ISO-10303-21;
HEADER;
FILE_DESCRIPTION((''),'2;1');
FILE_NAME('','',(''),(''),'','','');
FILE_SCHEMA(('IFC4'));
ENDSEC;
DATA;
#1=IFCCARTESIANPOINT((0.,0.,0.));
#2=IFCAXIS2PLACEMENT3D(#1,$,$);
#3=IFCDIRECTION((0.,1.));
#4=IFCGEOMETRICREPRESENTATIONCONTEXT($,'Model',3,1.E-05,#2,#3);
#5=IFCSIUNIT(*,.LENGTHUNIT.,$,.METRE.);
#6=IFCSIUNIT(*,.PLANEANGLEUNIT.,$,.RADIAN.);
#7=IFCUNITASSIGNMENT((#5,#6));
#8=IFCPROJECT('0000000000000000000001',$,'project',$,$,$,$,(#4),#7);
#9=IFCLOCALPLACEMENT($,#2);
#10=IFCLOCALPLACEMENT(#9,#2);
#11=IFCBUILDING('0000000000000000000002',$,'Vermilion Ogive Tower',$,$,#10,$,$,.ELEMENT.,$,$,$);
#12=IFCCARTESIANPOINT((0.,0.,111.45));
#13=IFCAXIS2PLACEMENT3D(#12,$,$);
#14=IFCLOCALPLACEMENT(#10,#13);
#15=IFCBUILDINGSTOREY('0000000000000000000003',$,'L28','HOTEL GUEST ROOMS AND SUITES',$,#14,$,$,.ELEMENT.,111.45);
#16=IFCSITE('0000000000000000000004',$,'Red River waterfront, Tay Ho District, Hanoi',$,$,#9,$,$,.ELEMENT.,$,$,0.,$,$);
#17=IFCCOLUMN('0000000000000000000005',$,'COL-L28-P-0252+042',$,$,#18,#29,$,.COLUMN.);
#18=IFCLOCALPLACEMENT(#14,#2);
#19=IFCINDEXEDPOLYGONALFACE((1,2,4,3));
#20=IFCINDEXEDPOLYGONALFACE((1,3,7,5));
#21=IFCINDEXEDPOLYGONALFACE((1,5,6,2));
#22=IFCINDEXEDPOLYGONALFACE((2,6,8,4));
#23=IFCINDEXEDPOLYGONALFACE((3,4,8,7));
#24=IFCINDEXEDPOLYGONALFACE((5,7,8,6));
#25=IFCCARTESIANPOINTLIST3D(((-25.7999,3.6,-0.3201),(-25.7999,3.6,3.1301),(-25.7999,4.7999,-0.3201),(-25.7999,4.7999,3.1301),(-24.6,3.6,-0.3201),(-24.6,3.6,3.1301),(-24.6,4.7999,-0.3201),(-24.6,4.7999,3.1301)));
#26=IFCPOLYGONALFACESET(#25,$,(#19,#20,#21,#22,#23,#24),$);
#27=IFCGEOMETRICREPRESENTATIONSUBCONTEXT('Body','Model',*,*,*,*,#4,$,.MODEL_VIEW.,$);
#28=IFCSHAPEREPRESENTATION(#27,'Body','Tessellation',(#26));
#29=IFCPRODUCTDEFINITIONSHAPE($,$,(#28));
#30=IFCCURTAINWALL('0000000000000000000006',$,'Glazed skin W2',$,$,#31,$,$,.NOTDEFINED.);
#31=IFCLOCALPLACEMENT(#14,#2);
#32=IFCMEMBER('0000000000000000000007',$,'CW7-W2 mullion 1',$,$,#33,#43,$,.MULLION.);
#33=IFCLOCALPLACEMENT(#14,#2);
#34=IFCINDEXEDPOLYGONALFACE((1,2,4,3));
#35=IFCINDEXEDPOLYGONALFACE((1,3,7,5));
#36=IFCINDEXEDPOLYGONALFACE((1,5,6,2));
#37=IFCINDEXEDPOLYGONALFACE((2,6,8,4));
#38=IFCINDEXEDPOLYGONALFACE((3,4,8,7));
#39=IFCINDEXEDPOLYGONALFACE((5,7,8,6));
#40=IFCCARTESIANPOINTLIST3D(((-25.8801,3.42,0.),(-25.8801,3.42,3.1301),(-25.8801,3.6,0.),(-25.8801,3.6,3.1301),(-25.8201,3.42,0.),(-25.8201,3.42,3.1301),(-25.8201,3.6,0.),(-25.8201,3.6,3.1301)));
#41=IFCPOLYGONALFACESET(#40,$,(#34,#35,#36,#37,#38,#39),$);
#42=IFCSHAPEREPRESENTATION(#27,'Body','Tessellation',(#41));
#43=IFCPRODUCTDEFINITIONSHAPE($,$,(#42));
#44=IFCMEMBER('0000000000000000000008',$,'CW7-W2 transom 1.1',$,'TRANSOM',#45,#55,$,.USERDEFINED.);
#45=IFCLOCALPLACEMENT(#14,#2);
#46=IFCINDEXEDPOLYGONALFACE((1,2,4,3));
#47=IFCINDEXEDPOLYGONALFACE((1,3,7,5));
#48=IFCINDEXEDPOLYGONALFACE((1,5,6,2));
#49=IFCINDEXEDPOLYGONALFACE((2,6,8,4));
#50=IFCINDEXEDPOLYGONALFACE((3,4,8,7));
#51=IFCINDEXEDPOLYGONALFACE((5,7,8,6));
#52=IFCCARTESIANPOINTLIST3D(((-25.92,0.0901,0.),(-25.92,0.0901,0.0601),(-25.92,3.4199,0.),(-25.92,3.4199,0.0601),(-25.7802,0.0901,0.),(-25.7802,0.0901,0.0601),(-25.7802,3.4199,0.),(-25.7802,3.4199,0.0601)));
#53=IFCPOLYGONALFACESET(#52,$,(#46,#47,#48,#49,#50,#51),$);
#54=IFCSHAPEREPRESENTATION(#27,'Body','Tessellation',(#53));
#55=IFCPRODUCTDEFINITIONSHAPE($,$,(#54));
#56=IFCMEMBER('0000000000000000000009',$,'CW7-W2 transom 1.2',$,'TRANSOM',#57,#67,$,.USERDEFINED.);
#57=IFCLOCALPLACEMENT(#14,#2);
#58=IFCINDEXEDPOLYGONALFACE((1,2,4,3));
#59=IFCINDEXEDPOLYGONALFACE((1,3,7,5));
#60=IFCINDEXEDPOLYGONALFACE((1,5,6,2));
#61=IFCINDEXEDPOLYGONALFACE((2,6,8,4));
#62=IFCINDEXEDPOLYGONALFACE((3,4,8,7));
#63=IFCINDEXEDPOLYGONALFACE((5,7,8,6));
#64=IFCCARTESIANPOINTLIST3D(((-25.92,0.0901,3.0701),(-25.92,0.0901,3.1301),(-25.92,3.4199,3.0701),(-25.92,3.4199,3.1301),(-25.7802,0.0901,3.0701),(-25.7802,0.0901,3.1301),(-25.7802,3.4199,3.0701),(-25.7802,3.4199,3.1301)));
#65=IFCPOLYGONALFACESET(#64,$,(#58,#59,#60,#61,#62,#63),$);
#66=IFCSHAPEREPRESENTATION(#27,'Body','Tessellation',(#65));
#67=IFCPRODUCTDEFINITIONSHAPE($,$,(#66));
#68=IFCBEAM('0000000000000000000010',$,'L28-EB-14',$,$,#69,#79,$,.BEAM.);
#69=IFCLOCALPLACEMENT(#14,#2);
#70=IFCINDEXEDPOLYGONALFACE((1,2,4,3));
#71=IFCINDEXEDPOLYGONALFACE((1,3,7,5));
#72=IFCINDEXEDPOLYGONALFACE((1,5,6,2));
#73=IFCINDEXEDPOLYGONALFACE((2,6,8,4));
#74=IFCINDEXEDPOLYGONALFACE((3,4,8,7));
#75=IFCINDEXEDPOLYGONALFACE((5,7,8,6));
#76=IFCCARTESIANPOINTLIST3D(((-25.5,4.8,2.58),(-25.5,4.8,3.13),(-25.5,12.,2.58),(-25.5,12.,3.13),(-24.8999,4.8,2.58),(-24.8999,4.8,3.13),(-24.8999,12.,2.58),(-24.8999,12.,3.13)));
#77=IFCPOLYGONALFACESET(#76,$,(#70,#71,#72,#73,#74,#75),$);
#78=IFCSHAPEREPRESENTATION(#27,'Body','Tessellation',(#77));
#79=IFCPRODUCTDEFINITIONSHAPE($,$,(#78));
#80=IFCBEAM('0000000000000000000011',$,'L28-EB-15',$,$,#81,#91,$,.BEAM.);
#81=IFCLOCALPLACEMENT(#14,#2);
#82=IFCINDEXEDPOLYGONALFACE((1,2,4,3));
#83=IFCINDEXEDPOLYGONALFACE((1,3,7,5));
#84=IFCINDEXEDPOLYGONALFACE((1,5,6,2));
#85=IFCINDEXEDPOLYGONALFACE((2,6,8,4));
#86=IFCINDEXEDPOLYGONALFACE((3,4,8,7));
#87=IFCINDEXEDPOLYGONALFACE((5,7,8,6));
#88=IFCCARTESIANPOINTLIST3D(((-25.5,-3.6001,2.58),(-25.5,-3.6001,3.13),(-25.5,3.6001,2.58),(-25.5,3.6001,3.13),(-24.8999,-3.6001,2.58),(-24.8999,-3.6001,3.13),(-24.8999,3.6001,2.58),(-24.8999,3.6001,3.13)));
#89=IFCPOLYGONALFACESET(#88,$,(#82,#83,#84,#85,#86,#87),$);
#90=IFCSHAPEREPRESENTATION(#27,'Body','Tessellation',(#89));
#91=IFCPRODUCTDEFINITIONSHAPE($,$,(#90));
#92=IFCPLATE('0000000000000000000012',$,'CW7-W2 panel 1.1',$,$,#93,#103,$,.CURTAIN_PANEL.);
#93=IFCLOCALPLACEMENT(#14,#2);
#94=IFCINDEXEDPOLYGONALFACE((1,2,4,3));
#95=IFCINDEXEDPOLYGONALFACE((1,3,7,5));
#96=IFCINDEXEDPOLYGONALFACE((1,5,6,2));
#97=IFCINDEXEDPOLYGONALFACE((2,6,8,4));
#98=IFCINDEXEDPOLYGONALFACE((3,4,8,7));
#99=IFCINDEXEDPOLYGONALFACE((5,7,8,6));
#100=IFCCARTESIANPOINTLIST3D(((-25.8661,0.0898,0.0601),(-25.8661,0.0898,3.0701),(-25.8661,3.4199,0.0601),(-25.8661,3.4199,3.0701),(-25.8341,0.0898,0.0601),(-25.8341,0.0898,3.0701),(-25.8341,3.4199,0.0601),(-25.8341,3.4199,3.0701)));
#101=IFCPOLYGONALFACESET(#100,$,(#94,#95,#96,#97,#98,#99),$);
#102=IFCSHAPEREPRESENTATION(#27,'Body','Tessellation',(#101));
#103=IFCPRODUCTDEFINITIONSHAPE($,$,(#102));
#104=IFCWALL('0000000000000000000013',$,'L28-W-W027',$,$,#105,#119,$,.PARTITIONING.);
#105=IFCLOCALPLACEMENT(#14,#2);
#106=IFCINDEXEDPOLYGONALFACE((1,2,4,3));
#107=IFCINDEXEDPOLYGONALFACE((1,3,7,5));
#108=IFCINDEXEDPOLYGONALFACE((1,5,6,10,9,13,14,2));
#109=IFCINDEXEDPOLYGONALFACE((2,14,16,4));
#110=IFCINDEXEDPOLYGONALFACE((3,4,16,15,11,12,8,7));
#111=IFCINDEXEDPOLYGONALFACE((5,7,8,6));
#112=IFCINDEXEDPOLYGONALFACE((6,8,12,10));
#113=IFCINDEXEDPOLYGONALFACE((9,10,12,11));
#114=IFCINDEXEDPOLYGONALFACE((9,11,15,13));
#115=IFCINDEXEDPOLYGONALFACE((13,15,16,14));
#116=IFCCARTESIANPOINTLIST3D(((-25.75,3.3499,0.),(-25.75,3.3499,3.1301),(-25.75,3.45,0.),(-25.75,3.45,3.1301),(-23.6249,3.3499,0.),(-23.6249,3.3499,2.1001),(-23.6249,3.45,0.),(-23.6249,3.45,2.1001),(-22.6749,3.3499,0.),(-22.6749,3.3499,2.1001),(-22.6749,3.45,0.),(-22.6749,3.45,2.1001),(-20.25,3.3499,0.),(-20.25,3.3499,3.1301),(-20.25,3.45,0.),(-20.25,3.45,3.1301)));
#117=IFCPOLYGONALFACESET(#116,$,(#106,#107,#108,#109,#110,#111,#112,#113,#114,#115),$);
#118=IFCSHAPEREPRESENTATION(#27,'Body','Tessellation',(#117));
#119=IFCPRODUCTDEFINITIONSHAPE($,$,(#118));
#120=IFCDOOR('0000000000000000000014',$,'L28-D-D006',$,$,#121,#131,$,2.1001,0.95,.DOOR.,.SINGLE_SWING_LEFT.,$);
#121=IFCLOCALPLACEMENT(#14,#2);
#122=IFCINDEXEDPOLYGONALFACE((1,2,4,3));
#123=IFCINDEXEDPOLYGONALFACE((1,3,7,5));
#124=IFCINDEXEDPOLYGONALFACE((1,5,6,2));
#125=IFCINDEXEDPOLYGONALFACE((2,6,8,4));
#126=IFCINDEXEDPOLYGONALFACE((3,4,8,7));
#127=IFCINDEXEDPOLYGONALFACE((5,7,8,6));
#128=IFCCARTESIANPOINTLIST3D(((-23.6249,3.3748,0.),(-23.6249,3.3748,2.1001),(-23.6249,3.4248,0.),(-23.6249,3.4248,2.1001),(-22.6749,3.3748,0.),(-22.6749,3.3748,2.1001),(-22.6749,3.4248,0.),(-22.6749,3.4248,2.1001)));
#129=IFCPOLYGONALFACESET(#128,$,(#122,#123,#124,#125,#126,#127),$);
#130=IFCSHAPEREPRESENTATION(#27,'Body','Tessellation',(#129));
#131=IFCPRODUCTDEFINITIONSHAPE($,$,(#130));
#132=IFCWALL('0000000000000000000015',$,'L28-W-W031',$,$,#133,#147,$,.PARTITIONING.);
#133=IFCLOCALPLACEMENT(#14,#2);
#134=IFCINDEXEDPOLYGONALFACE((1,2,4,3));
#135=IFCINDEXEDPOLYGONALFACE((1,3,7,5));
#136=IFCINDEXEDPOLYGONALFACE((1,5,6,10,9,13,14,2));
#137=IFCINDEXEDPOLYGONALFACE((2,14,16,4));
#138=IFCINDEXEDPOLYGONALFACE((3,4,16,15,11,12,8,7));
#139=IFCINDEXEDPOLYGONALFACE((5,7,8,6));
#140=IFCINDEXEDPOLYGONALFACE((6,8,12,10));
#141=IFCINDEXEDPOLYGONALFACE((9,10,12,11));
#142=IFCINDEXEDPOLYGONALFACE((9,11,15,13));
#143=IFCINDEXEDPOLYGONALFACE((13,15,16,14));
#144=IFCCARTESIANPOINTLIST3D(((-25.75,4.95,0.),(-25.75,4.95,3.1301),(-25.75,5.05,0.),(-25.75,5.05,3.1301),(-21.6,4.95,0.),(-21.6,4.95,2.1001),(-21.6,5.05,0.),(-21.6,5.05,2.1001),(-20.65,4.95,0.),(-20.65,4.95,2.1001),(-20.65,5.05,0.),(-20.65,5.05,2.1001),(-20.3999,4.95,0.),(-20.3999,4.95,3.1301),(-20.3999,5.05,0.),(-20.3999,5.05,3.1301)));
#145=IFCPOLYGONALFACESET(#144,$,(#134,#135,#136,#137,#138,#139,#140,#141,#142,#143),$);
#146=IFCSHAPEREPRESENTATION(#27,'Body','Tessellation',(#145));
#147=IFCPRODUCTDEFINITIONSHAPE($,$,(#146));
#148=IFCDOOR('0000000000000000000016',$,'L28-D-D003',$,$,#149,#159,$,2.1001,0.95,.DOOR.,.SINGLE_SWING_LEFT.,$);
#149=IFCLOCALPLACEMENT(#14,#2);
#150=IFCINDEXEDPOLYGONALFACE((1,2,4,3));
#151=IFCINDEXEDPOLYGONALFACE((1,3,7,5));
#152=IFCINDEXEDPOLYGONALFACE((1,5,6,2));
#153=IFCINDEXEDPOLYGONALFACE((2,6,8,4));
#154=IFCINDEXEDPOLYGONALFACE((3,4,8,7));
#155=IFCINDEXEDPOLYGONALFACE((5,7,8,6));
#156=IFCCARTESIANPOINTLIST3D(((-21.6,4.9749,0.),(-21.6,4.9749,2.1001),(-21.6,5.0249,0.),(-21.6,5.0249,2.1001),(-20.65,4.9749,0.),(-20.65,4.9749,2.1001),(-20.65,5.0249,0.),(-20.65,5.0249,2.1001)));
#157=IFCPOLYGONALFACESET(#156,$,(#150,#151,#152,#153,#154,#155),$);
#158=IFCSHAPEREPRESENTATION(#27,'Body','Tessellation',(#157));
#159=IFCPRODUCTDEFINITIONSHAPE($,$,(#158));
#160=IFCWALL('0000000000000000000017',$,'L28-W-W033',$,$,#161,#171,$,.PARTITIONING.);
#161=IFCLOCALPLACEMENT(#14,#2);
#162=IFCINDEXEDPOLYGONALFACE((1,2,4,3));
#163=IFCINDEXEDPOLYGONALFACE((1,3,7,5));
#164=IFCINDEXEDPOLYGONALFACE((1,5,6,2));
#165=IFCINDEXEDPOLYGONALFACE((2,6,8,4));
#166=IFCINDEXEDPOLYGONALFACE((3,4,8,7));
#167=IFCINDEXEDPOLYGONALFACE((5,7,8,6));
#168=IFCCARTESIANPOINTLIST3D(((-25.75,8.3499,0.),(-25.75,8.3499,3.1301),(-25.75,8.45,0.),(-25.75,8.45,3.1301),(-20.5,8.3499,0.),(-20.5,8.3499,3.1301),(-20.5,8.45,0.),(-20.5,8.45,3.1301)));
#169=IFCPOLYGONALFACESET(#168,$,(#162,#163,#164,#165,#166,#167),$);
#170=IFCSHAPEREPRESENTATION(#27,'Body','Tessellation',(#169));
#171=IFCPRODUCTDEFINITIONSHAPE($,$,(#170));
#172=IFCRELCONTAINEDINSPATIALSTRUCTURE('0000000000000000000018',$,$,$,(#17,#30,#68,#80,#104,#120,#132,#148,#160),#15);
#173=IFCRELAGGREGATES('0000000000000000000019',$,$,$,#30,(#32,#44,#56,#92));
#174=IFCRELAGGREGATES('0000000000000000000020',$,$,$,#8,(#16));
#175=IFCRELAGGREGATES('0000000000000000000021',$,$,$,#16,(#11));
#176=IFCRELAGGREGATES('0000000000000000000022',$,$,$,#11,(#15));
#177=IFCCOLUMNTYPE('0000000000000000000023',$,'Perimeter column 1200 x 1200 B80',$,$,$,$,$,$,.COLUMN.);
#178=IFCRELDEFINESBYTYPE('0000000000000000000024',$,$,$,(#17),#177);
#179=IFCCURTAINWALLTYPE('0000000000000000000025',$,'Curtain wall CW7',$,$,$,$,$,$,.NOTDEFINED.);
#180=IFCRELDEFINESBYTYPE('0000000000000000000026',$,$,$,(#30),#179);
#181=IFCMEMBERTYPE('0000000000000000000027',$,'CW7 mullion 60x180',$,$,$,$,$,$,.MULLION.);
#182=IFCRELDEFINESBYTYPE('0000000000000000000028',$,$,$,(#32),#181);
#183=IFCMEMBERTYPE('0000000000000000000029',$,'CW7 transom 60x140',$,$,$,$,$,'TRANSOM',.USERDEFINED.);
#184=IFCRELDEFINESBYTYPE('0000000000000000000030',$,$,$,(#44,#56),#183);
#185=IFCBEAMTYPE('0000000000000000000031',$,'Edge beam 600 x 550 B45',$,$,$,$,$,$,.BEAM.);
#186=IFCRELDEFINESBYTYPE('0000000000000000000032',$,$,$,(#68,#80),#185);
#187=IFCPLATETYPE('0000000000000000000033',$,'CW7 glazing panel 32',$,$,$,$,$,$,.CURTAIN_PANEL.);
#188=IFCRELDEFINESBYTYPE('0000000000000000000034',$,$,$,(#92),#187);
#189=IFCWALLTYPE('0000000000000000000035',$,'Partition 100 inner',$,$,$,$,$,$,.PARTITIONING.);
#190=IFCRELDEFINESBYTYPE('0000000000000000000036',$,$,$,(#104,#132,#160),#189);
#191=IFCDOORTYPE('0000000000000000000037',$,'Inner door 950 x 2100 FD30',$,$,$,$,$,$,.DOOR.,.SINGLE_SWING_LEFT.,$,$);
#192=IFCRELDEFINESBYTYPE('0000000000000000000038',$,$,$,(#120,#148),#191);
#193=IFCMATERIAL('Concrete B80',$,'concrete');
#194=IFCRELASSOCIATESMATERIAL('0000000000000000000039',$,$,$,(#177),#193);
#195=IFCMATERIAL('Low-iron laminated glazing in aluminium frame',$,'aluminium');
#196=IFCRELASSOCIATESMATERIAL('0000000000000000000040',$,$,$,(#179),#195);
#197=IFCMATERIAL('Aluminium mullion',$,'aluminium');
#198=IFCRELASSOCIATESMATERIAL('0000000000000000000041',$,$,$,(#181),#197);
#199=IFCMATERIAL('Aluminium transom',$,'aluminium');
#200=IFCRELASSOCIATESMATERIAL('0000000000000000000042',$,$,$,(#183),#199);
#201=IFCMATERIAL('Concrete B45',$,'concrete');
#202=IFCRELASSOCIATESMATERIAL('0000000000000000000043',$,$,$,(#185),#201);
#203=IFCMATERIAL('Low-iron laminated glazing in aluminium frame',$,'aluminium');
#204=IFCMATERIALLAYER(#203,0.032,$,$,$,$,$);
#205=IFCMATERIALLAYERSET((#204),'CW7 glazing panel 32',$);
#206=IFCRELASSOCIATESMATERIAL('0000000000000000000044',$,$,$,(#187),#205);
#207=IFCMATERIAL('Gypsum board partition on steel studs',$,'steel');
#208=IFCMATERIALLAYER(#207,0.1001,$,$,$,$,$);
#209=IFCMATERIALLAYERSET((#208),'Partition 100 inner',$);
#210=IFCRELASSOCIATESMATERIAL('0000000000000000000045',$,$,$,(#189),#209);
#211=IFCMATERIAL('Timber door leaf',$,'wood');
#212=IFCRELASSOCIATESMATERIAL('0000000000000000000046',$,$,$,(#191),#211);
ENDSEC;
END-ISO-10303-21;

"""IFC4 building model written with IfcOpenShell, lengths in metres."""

from ifc_helpers import new_model, si_unit, direction, frame, frame_2d, origin, origin_2d, place, context, subcontext, project, spatial, rectangle, extrude, material, layer, layer_set, material_profile, profile_set, type_object, element, fill, aggregate, save


model = new_model("IFC4")

# Units and contexts
model_context = context("Model", 3, precision=1e-05, world=origin(), true_north=direction((0.0, 1.0)))
body_context = subcontext(model_context, "Body", "Model", "MODEL_VIEW")
ifc_project = project(units=[si_unit("LENGTHUNIT", "METRE"), si_unit("PLANEANGLEUNIT", "RADIAN")], contexts=[model_context])

# Site, building, storey
site_placement = place(None, origin())
site = spatial("IfcSite", under=ifc_project, at=site_placement, Name="Red River waterfront, Tay Ho District, Hanoi", CompositionType="ELEMENT", RefElevation=0.0)
building_placement = place(site_placement, origin())
building = spatial("IfcBuilding", under=site, at=building_placement, Name="Vermilion Ogive Tower", CompositionType="ELEMENT")
storey_placement = place(building_placement, frame((0.0, 0.0, 111.45)))
storey = spatial("IfcBuildingStorey", under=building, at=storey_placement, Name="L28", Description="HOTEL GUEST ROOMS AND SUITES", CompositionType="ELEMENT", Elevation=111.45)

# Column
ifc_material_1 = material(Name="Concrete B80", Category="concrete")
ifc_material_profile_1 = material_profile(ifc_material_1, rectangle(XDim=1.2, YDim=1.2, at=origin_2d()), Name="1200 x 1200")
ifc_profile_set_1 = profile_set([ifc_material_profile_1], Name="Concrete B80")
column_type = type_object("IfcColumnType", Name="Perimeter column 1200 x 1200 B80", PredefinedType="COLUMN", material=ifc_profile_set_1)
column_placement = place(storey_placement, frame((-25.2, 4.2, -0.3201), z_axis=(0.0, 0.0, 1.0), x_axis=(1.0, 0.0, 0.0)))
element("IfcColumn", 1, at=column_placement, inside=storey, type_object=column_type, Name="COL-L28-P-0252+042", PredefinedType="COLUMN", context=body_context, shape_type="SweptSolid", body=[
    extrude(rectangle(XDim=1.2, YDim=1.2, at=origin_2d()), origin(), (0.0, 0.0, 1.0), 3.4502),
])

# Curtain wall, members
ifc_material_2 = material(Name="Low-iron laminated glazing in aluminium frame", Category="aluminium")
curtain_wall_type = type_object("IfcCurtainWallType", Name="Curtain wall CW7", PredefinedType="NOTDEFINED", material=ifc_material_2)
curtain_wall_placement = place(storey_placement, origin())
curtain_wall = element("IfcCurtainWall", 2, at=curtain_wall_placement, inside=storey, type_object=curtain_wall_type, Name="Glazed skin W2", PredefinedType="NOTDEFINED")
ifc_material_3 = material(Name="Aluminium mullion", Category="aluminium")
ifc_material_profile_2 = material_profile(ifc_material_3, rectangle(XDim=0.0601, YDim=0.1799, at=origin_2d()), Name="AL 60x180")
ifc_profile_set_2 = profile_set([ifc_material_profile_2], Name="Aluminium mullion")
member_type_1 = type_object("IfcMemberType", Name="CW7 mullion 60x180", PredefinedType="MULLION", material=ifc_profile_set_2)
member_1_placement = place(storey_placement, frame((-25.8501, 3.51, 0.0), z_axis=(0.0, 0.0, 1.0), x_axis=(1.0, 0.0, 0.0)))
member_1 = element("IfcMember", 3, at=member_1_placement, type_object=member_type_1, Name="CW7-W2 mullion 1", PredefinedType="MULLION", context=body_context, shape_type="SweptSolid", body=[
    extrude(rectangle(XDim=0.0601, YDim=0.1799, at=origin_2d()), origin(), (0.0, 0.0, 1.0), 3.1301),
])
ifc_material_4 = material(Name="Aluminium transom", Category="aluminium")
ifc_material_profile_3 = material_profile(ifc_material_4, rectangle(XDim=0.1399, YDim=0.0601, at=origin_2d()), Name="AL 60x140")
ifc_profile_set_3 = profile_set([ifc_material_profile_3], Name="Aluminium transom")
member_type_2 = type_object("IfcMemberType", Name="CW7 transom 60x140", ElementType="TRANSOM", PredefinedType="USERDEFINED", material=ifc_profile_set_3)
member_2_placement = place(storey_placement, frame((-25.8501, 3.4199, 0.03), z_axis=(0.0, -1.0, 0.0), x_axis=(1.0, 0.0, 0.0)))
member_2 = element("IfcMember", 4, at=member_2_placement, type_object=member_type_2, Name="CW7-W2 transom 1.1", ObjectType="TRANSOM", PredefinedType="USERDEFINED", context=body_context, shape_type="SweptSolid", body=[
    extrude(rectangle(XDim=0.1399, YDim=0.0601, at=origin_2d()), origin(), (0.0, 0.0, 1.0), 3.3298),
])
member_3_placement = place(storey_placement, frame((-25.8501, 3.4199, 3.1001), z_axis=(0.0, -1.0, 0.0), x_axis=(1.0, 0.0, 0.0)))
member_3 = element("IfcMember", 5, at=member_3_placement, type_object=member_type_2, Name="CW7-W2 transom 1.2", ObjectType="TRANSOM", PredefinedType="USERDEFINED", context=body_context, shape_type="SweptSolid", body=[
    extrude(rectangle(XDim=0.1399, YDim=0.0601, at=origin_2d()), origin(), (0.0, 0.0, 1.0), 3.3298),
])

# Beams
ifc_material_5 = material(Name="Concrete B45", Category="concrete")
ifc_material_profile_4 = material_profile(ifc_material_5, rectangle(XDim=0.6001, YDim=0.55, at=origin_2d()), Name="600 x 550")
ifc_profile_set_4 = profile_set([ifc_material_profile_4], Name="Concrete B45")
beam_type = type_object("IfcBeamType", Name="Edge beam 600 x 550 B45", PredefinedType="BEAM", material=ifc_profile_set_4)
beam_1_placement = place(storey_placement, frame((-25.2, 12.0, 2.855), z_axis=(0.0, -1.0, 0.0), x_axis=(1.0, 0.0, 0.0)))
element("IfcBeam", 6, at=beam_1_placement, inside=storey, type_object=beam_type, Name="L28-EB-14", PredefinedType="BEAM", context=body_context, shape_type="SweptSolid", body=[
    extrude(rectangle(XDim=0.6001, YDim=0.55, at=origin_2d()), origin(), (0.0, 0.0, 1.0), 7.2),
])
beam_2_placement = place(storey_placement, frame((-25.2, 3.6001, 2.855), z_axis=(0.0, -1.0, 0.0), x_axis=(1.0, 0.0, 0.0)))
element("IfcBeam", 7, at=beam_2_placement, inside=storey, type_object=beam_type, Name="L28-EB-15", PredefinedType="BEAM", context=body_context, shape_type="SweptSolid", body=[
    extrude(rectangle(XDim=0.6001, YDim=0.55, at=origin_2d()), origin(), (0.0, 0.0, 1.0), 7.2002),
])

# Plate
ifc_material_6 = material(Name="Low-iron laminated glazing in aluminium frame", Category="aluminium")
ifc_layer_1 = layer(ifc_material_6, 0.032)
ifc_layer_set_1 = layer_set([ifc_layer_1], Name="CW7 glazing panel 32")
plate_type = type_object("IfcPlateType", Name="CW7 glazing panel 32", PredefinedType="CURTAIN_PANEL", material=ifc_layer_set_1)
plate_placement = place(storey_placement, frame((-25.8501, 1.7549, 0.0601), z_axis=(0.0, 0.0, 1.0), x_axis=(0.0, -1.0, 0.0)))
plate = element("IfcPlate", 8, at=plate_placement, type_object=plate_type, Name="CW7-W2 panel 1.1", PredefinedType="CURTAIN_PANEL", context=body_context, shape_type="SweptSolid", body=[
    extrude(rectangle(XDim=3.3301, YDim=0.032, at=origin_2d()), origin(), (0.0, 0.0, 1.0), 3.01),
])
aggregate(curtain_wall, [member_1, member_2, member_3, plate])

# Walls, openings, doors
ifc_material_7 = material(Name="Gypsum board partition on steel studs", Category="steel")
ifc_layer_2 = layer(ifc_material_7, 0.1001)
ifc_layer_set_2 = layer_set([ifc_layer_2], Name="Partition 100 inner")
wall_type_1 = type_object("IfcWallType", Name="Partition 100 inner", PredefinedType="PARTITIONING", material=ifc_layer_set_2)
wall_1_placement = place(storey_placement, frame((-25.75, 3.3999, 0.0), z_axis=(0.0, 0.0, 1.0), x_axis=(1.0, 0.0, 0.0)))
wall_1 = element("IfcWall", 9, at=wall_1_placement, inside=storey, type_object=wall_type_1, Name="L28-W-W027", PredefinedType="PARTITIONING", context=body_context, shape_type="SweptSolid", body=[
    extrude(rectangle(XDim=5.5, YDim=0.1001, at=frame_2d((2.75, 0.0))), origin(), (0.0, 0.0, 1.0), 3.1301),
])
opening_1_placement = place(wall_1_placement, frame((2.125, 0.0, 0.0)))
opening_1 = element("IfcOpeningElement", 10, at=opening_1_placement, cuts=wall_1, PredefinedType="OPENING", context=body_context, shape_type="SweptSolid", body=[
    extrude(rectangle(XDim=0.95, YDim=2.1001, at=frame_2d((0.4751, 1.05))), frame((0.0, 0.0601, 0.0), z_axis=(0.0, -1.0, 0.0), x_axis=(1.0, 0.0, 0.0)), (0.0, 0.0, 1.0), 0.1201),
])
ifc_material_8 = material(Name="Timber door leaf", Category="wood")
door_type_1 = type_object("IfcDoorType", Name="Inner door 950 x 2100 FD30", OperationType="SINGLE_SWING_LEFT", PredefinedType="DOOR", material=ifc_material_8)
door_1_placement = place(opening_1_placement, origin())
door_1 = element("IfcDoor", 11, at=door_1_placement, inside=storey, type_object=door_type_1, Name="L28-D-D006", OperationType="SINGLE_SWING_LEFT", OverallHeight=2.1001, OverallWidth=0.95, PredefinedType="DOOR", context=body_context, shape_type="SweptSolid", body=[
    extrude(rectangle(XDim=0.95, YDim=2.1001, at=frame_2d((0.4751, 1.05))), frame((0.0, 0.0249, 0.0), z_axis=(0.0, -1.0, 0.0), x_axis=(1.0, 0.0, 0.0)), (0.0, 0.0, 1.0), 0.05),
])
fill(opening_1, door_1)
wall_2_placement = place(storey_placement, frame((-25.75, 5.0, 0.0), z_axis=(0.0, 0.0, 1.0), x_axis=(1.0, 0.0, 0.0)))
wall_2 = element("IfcWall", 12, at=wall_2_placement, inside=storey, type_object=wall_type_1, Name="L28-W-W031", PredefinedType="PARTITIONING", context=body_context, shape_type="SweptSolid", body=[
    extrude(rectangle(XDim=5.3501, YDim=0.1001, at=frame_2d((2.675, 0.0))), origin(), (0.0, 0.0, 1.0), 3.1301),
])
opening_2_placement = place(wall_2_placement, frame((4.1499, 0.0, 0.0)))
opening_2 = element("IfcOpeningElement", 13, at=opening_2_placement, cuts=wall_2, PredefinedType="OPENING", context=body_context, shape_type="SweptSolid", body=[
    extrude(rectangle(XDim=0.95, YDim=2.1001, at=frame_2d((0.4751, 1.05))), frame((0.0, 0.0601, 0.0), z_axis=(0.0, -1.0, 0.0), x_axis=(1.0, 0.0, 0.0)), (0.0, 0.0, 1.0), 0.1201),
])
door_2_placement = place(opening_2_placement, origin())
door_2 = element("IfcDoor", 14, at=door_2_placement, inside=storey, type_object=door_type_1, Name="L28-D-D003", OperationType="SINGLE_SWING_LEFT", OverallHeight=2.1001, OverallWidth=0.95, PredefinedType="DOOR", context=body_context, shape_type="SweptSolid", body=[
    extrude(rectangle(XDim=0.95, YDim=2.1001, at=frame_2d((0.4751, 1.05))), frame((0.0, 0.0249, 0.0), z_axis=(0.0, -1.0, 0.0), x_axis=(1.0, 0.0, 0.0)), (0.0, 0.0, 1.0), 0.05),
])
fill(opening_2, door_2)

# Wall
wall_3_placement = place(storey_placement, frame((-25.75, 8.3999, 0.0), z_axis=(0.0, 0.0, 1.0), x_axis=(1.0, 0.0, 0.0)))
element("IfcWall", 15, at=wall_3_placement, inside=storey, type_object=wall_type_1, Name="L28-W-W033", PredefinedType="PARTITIONING", context=body_context, shape_type="SweptSolid", body=[
    extrude(rectangle(XDim=5.25, YDim=0.1001, at=frame_2d((2.625, 0.0))), origin(), (0.0, 0.0, 1.0), 3.1301),
])

save(model, "model.ifc")
